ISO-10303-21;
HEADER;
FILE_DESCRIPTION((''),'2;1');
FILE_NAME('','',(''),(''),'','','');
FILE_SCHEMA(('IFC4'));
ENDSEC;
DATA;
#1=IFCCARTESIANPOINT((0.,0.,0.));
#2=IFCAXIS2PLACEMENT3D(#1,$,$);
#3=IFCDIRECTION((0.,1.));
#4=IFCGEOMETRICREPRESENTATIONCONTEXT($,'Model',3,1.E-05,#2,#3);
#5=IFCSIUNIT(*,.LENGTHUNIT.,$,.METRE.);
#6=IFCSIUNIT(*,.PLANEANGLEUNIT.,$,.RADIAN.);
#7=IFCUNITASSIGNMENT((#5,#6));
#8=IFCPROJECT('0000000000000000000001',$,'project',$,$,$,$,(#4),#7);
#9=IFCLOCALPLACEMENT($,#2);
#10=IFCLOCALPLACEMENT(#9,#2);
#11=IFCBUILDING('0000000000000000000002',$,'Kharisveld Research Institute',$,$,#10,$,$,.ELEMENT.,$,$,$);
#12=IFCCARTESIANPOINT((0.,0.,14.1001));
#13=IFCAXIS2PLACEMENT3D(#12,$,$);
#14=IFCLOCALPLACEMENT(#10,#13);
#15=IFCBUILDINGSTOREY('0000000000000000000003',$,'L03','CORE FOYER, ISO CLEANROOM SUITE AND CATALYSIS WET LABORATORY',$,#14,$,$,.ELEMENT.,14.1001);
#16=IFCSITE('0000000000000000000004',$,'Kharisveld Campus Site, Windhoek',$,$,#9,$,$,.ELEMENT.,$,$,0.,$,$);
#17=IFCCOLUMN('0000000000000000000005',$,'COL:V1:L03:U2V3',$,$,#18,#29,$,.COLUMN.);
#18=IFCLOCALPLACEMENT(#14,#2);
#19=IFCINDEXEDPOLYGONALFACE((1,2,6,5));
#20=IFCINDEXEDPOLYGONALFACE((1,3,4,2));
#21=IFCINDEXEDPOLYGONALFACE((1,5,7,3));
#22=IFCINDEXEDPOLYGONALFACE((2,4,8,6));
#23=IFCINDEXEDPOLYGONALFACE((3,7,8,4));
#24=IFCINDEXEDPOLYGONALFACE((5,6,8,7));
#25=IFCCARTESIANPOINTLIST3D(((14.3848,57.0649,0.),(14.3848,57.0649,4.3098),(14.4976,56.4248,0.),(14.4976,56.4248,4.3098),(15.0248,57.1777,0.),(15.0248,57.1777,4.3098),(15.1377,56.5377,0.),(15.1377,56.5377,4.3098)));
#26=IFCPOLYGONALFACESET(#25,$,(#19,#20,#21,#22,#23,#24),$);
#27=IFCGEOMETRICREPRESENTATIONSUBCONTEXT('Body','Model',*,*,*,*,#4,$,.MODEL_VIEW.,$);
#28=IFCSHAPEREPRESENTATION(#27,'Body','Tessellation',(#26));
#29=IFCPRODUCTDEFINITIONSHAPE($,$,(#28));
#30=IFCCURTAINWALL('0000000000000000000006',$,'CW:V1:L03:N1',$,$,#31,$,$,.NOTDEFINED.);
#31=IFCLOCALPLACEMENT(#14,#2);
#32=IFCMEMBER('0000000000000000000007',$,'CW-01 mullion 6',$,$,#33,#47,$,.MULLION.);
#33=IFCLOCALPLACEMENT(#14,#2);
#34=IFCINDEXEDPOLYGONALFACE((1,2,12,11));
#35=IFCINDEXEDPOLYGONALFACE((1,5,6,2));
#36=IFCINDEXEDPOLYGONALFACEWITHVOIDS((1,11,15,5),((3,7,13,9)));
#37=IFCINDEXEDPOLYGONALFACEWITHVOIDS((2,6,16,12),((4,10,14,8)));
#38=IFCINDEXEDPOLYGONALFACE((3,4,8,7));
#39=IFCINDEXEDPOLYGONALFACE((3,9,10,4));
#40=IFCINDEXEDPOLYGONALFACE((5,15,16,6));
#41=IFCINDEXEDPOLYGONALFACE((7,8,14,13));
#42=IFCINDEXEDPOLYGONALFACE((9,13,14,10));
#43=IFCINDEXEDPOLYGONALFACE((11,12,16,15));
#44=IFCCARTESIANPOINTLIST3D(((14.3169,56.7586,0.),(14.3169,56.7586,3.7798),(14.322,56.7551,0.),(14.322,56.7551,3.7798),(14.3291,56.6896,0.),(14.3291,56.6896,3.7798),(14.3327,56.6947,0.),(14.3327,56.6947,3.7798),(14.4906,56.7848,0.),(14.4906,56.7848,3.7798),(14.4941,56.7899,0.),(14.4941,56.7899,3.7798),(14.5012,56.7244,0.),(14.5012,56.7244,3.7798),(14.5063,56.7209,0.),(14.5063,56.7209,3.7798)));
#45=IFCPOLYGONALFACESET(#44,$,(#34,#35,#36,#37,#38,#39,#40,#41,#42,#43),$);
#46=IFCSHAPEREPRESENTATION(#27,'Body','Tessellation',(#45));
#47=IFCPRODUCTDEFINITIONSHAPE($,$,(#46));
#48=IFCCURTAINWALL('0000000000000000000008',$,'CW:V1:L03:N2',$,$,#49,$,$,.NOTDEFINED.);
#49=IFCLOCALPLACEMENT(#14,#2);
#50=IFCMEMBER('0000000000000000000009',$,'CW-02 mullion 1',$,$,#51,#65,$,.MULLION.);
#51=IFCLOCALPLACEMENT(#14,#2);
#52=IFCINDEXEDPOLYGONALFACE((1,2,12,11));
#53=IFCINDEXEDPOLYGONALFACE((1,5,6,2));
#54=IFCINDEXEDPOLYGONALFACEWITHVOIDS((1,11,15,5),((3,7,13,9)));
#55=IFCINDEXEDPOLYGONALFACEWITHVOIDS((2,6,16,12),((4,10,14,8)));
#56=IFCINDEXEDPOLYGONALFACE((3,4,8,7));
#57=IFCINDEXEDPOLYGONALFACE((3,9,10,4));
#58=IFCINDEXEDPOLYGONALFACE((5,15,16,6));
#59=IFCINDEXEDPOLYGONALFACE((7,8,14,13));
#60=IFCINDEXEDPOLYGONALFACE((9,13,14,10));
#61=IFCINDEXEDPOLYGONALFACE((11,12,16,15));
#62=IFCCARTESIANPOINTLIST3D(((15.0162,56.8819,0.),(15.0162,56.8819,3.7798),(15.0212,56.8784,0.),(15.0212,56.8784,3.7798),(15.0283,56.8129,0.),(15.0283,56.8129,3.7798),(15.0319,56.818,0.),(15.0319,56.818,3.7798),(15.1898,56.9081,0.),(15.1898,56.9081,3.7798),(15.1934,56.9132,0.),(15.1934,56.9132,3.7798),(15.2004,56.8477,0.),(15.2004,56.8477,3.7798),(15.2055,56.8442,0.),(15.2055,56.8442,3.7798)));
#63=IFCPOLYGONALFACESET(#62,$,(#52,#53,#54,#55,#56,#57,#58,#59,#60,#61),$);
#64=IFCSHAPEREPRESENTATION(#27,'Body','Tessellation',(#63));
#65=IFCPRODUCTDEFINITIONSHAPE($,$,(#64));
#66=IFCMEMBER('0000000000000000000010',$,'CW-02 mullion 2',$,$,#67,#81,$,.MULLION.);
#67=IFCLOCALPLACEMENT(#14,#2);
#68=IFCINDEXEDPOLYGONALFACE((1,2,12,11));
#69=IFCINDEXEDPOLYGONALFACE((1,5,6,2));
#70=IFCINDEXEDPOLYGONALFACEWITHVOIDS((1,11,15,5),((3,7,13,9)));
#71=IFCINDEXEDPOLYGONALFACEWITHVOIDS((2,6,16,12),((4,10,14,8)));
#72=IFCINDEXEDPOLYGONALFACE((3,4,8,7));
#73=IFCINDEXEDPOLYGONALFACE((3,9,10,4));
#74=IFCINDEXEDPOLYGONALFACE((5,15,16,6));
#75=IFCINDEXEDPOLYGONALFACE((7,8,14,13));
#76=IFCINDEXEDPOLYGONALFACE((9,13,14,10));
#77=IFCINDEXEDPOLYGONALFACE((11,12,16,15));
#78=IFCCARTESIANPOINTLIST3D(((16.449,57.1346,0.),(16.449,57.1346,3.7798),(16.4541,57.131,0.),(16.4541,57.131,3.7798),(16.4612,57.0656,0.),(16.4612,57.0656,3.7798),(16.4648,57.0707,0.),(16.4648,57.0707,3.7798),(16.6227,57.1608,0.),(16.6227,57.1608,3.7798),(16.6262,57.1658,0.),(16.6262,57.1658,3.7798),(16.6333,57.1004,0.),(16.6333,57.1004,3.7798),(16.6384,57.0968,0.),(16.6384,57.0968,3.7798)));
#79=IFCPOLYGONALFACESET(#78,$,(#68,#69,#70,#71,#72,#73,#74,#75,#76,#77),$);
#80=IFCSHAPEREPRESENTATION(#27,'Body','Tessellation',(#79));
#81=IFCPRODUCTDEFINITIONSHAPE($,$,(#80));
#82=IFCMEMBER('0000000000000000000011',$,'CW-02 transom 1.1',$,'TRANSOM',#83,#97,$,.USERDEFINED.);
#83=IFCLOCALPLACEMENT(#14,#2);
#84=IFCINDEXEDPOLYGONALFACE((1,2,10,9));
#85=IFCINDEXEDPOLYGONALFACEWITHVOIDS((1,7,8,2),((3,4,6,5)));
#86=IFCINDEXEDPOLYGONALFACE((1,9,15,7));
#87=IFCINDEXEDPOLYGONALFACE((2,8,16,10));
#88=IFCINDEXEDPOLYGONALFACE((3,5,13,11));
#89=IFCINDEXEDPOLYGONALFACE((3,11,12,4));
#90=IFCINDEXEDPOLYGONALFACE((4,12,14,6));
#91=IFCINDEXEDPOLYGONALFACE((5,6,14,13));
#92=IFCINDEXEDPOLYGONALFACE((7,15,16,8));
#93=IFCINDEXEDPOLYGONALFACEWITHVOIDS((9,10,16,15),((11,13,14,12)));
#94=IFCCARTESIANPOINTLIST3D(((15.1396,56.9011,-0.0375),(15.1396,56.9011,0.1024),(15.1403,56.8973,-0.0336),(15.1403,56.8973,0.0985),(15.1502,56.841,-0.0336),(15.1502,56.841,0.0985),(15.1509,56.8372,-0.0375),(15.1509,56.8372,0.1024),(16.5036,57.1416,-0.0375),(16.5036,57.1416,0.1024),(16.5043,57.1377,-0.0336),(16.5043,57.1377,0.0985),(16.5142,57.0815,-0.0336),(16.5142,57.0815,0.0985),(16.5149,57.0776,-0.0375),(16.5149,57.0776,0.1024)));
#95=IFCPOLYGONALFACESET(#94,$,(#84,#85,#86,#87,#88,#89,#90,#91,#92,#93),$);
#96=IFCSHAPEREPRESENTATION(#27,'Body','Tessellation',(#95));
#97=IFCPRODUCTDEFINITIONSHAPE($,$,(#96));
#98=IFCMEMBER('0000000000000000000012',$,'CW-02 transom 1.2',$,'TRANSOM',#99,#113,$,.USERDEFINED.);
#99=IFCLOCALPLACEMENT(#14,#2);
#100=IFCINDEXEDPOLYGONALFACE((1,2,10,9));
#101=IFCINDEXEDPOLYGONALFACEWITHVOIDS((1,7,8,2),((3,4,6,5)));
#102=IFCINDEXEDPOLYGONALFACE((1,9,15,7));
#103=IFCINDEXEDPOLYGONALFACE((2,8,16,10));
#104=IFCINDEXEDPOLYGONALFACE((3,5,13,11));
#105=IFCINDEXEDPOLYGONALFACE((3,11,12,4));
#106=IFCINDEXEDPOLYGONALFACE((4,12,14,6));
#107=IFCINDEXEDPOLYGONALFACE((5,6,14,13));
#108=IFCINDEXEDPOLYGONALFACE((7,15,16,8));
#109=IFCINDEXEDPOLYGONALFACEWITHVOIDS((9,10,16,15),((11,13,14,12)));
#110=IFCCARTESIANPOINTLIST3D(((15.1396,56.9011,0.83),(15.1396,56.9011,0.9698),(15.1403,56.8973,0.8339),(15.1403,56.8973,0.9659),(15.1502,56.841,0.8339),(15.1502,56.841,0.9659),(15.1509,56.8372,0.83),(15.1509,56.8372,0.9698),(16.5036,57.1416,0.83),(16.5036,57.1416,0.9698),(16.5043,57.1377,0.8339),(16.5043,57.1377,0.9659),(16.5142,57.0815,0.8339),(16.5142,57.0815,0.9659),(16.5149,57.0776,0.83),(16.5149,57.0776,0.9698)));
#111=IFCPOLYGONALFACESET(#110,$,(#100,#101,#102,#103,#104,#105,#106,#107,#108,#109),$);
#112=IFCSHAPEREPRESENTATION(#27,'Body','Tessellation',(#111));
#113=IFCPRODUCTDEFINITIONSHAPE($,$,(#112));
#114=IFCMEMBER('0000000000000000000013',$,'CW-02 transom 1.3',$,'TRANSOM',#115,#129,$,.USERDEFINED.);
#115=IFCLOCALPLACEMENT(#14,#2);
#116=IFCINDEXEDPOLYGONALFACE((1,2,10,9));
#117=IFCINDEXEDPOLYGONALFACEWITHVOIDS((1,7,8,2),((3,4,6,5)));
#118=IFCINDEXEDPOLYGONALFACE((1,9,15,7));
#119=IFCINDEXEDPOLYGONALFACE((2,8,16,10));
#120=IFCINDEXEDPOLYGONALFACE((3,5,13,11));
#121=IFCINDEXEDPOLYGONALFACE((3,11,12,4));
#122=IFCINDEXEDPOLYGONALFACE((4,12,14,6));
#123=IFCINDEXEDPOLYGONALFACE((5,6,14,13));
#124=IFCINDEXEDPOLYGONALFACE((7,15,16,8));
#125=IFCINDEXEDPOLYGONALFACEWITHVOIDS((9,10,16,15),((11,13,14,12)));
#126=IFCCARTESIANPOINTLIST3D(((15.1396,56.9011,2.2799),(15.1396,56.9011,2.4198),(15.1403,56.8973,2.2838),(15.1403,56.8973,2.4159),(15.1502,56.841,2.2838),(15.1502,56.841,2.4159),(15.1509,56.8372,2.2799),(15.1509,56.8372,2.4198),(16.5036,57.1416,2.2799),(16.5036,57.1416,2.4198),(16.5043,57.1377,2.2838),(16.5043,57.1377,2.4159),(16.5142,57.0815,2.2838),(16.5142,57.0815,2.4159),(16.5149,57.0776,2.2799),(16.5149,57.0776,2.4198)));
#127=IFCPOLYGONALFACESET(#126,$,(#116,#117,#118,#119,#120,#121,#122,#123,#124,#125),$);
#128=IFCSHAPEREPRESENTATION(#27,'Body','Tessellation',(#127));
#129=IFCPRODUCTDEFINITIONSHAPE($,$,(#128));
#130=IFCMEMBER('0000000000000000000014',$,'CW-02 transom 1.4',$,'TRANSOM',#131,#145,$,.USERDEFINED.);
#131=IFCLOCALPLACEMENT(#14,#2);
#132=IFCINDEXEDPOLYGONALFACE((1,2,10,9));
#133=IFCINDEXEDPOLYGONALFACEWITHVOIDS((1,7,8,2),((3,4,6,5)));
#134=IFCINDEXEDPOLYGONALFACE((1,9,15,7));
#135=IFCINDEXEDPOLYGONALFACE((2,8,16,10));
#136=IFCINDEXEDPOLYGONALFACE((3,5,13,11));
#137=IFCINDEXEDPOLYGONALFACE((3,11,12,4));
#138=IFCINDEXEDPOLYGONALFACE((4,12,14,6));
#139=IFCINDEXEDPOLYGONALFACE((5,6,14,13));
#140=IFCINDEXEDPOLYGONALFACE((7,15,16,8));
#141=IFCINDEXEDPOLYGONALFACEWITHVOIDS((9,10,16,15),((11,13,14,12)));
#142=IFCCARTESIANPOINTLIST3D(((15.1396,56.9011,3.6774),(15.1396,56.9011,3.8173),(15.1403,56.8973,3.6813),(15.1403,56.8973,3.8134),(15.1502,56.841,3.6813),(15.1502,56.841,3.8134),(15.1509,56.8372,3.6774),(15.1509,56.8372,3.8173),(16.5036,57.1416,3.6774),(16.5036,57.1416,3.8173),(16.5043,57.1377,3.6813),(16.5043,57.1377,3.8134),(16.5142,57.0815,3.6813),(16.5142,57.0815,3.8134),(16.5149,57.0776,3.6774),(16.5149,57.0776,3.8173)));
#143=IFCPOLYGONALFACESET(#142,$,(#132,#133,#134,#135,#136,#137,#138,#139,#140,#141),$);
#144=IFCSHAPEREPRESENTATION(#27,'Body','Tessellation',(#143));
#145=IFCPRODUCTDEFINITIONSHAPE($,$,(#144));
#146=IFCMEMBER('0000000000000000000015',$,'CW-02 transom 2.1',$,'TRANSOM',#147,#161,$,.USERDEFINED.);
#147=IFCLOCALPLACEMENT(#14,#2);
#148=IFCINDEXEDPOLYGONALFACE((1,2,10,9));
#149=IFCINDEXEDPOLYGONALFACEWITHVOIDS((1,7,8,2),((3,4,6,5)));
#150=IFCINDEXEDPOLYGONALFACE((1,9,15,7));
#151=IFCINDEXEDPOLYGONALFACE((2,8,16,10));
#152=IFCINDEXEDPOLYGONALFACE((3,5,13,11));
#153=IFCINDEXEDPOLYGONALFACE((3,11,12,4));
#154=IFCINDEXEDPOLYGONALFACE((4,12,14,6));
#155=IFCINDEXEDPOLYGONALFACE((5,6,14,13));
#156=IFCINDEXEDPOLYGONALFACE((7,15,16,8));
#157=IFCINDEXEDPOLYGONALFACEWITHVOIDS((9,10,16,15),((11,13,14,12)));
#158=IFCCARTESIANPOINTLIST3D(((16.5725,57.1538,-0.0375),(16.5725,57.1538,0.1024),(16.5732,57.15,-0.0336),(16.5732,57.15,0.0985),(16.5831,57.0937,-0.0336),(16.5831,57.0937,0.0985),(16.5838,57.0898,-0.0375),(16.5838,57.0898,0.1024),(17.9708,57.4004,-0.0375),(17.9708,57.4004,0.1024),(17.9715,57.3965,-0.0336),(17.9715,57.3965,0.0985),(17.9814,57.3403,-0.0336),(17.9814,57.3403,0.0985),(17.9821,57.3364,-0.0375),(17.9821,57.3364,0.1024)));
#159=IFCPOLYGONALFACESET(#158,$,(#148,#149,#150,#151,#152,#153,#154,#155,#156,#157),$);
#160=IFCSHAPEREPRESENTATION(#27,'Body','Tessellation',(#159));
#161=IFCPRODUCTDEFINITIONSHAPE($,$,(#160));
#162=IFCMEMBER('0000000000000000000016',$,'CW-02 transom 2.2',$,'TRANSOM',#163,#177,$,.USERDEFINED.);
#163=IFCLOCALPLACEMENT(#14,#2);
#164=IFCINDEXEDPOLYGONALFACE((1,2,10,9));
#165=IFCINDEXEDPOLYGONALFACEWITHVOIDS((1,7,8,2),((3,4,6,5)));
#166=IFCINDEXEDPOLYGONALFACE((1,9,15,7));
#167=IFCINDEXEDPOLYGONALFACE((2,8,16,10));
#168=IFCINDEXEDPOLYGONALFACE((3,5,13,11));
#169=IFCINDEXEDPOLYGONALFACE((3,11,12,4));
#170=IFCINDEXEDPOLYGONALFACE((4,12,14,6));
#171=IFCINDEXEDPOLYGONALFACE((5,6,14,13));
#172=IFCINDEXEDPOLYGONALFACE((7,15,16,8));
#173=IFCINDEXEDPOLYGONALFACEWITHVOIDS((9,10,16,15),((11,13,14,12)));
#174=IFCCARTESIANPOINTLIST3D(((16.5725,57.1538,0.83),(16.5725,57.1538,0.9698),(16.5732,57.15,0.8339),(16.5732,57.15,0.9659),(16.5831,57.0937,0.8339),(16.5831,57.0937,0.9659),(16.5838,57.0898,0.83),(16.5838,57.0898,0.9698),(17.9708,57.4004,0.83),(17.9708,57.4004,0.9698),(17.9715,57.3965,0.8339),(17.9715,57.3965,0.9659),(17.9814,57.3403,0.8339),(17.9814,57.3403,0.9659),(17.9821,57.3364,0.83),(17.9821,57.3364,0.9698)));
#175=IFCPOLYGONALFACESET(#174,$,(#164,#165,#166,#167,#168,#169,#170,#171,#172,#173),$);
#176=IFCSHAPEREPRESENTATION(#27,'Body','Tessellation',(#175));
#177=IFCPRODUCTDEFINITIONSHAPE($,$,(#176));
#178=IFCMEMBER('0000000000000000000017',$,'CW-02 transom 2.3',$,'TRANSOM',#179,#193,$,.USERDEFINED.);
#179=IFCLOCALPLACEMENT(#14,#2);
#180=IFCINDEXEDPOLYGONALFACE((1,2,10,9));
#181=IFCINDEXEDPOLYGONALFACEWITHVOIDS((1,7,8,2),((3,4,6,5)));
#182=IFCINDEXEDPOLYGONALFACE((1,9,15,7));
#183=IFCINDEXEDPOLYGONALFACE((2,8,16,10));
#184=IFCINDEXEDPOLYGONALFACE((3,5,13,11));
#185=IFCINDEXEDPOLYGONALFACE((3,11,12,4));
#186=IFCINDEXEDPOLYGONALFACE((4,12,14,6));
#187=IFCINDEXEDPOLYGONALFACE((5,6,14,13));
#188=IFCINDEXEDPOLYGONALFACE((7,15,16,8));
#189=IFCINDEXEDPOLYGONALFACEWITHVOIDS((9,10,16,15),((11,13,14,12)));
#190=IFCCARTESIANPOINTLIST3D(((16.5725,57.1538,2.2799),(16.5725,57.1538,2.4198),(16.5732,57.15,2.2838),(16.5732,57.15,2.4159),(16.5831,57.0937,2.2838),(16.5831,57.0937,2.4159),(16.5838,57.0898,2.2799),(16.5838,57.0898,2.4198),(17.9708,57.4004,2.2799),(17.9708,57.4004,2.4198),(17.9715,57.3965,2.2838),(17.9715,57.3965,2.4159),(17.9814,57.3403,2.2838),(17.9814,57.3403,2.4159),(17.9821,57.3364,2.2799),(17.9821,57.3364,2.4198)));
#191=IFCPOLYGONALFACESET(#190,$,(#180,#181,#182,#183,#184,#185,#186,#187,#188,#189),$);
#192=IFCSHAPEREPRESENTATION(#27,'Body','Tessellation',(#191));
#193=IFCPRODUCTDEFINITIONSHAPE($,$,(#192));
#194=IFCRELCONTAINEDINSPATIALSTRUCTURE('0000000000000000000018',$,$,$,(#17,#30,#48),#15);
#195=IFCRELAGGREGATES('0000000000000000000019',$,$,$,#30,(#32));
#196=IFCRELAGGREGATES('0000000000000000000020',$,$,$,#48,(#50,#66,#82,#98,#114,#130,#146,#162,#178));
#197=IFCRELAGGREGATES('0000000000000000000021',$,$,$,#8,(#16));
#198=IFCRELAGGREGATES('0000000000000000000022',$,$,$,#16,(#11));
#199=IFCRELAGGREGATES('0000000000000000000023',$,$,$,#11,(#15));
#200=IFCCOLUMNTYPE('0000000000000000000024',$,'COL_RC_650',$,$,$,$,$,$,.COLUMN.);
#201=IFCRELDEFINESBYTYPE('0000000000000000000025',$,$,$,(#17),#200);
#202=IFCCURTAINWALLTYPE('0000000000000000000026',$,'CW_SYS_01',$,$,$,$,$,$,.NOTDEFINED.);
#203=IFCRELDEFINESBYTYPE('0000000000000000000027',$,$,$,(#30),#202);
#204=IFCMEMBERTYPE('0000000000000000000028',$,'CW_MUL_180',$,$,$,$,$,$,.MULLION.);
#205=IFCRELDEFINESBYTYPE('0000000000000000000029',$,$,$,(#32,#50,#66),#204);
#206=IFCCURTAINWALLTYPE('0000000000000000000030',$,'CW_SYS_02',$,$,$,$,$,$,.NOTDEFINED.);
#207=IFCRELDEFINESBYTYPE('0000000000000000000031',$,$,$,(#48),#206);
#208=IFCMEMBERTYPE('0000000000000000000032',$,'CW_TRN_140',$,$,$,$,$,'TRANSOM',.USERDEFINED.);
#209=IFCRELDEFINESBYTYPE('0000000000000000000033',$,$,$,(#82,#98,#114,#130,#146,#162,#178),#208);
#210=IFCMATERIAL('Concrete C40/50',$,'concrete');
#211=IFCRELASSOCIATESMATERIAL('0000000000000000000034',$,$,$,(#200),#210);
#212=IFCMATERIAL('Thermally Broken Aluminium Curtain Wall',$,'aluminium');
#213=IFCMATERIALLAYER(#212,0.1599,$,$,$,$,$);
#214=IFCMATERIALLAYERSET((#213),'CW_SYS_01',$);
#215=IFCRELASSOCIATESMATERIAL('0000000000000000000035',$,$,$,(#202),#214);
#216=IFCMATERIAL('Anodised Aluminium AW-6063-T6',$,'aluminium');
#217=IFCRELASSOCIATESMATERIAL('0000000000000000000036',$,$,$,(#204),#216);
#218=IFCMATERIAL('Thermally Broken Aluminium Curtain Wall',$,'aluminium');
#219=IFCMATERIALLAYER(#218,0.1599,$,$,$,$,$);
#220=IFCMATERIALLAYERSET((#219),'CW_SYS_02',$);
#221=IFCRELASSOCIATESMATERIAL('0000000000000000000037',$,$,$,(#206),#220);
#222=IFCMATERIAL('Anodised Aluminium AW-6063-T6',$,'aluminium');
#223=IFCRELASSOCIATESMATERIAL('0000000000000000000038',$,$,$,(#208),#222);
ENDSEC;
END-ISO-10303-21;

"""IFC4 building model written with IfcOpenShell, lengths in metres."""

from ifc_helpers import new_model, si_unit, direction, frame, origin, origin_2d, place, context, subcontext, project, spatial, rectangle, hollow_rectangle, extrude, material, layer, layer_set, material_profile, profile_set, type_object, element, aggregate, save


model = new_model("IFC4")

# Units and contexts
model_context = context("Model", 3, precision=1e-05, world=origin(), true_north=direction((0.0, 1.0)))
body_context = subcontext(model_context, "Body", "Model", "MODEL_VIEW")
ifc_project = project(units=[si_unit("LENGTHUNIT", "METRE"), si_unit("PLANEANGLEUNIT", "RADIAN")], contexts=[model_context])

# Site, building, storey
site_placement = place(None, origin())
site = spatial("IfcSite", under=ifc_project, at=site_placement, Name="Kharisveld Campus Site, Windhoek", CompositionType="ELEMENT", RefElevation=0.0)
building_placement = place(site_placement, origin())
building = spatial("IfcBuilding", under=site, at=building_placement, Name="Kharisveld Research Institute", CompositionType="ELEMENT")
storey_placement = place(building_placement, frame((0.0, 0.0, 14.1001)))
storey = spatial("IfcBuildingStorey", under=building, at=storey_placement, Name="L03", Description="CORE FOYER, ISO CLEANROOM SUITE AND CATALYSIS WET LABORATORY", CompositionType="ELEMENT", Elevation=14.1001)

# Column
ifc_material_1 = material(Name="Concrete C40/50", Category="concrete")
ifc_material_profile_1 = material_profile(ifc_material_1, rectangle(XDim=0.6499, YDim=0.6499, at=origin_2d()))
ifc_profile_set_1 = profile_set([ifc_material_profile_1], Name="Concrete C40/50")
column_type = type_object("IfcColumnType", Name="COL_RC_650", PredefinedType="COLUMN", material=ifc_profile_set_1)
column_placement = place(storey_placement, frame((14.7612, 56.8013, 0.0), z_axis=(0.0, 0.0, 1.0), x_axis=(0.984808, 0.173648, 0.0)))
element("IfcColumn", 1, at=column_placement, inside=storey, type_object=column_type, Name="COL:V1:L03:U2V3", PredefinedType="COLUMN", context=body_context, shape_type="SweptSolid", body=[
    extrude(rectangle(XDim=0.6499, YDim=0.6499, at=origin_2d()), origin(), (0.0, 0.0, 1.0), 4.3098),
])

# Curtain wall, member
ifc_material_2 = material(Name="Thermally Broken Aluminium Curtain Wall", Category="aluminium")
ifc_layer_1 = layer(ifc_material_2, 0.1599)
ifc_layer_set_1 = layer_set([ifc_layer_1], Name="CW_SYS_01")
curtain_wall_type_1 = type_object("IfcCurtainWallType", Name="CW_SYS_01", PredefinedType="NOTDEFINED", material=ifc_layer_set_1)
curtain_wall_1_placement = place(storey_placement, origin())
curtain_wall_1 = element("IfcCurtainWall", 2, at=curtain_wall_1_placement, inside=storey, type_object=curtain_wall_type_1, Name="CW:V1:L03:N1", PredefinedType="NOTDEFINED")
ifc_material_3 = material(Name="Anodised Aluminium AW-6063-T6", Category="aluminium")
ifc_material_profile_2 = material_profile(ifc_material_3, hollow_rectangle(XDim=0.0701, YDim=0.1799, WallThickness=0.0044, at=origin_2d()))
ifc_profile_set_2 = profile_set([ifc_material_profile_2], Name="Anodised Aluminium AW-6063-T6")
member_type_1 = type_object("IfcMemberType", Name="CW_MUL_180", PredefinedType="MULLION", material=ifc_profile_set_2)
member_1_placement = place(storey_placement, frame((14.4116, 56.7397, 0.0), z_axis=(0.0, 0.0, 1.0), x_axis=(-0.173648, 0.984808, 0.0)))
member_1 = element("IfcMember", 3, at=member_1_placement, type_object=member_type_1, Name="CW-01 mullion 6", PredefinedType="MULLION", context=body_context, shape_type="SweptSolid", body=[
    extrude(hollow_rectangle(XDim=0.0701, YDim=0.1799, WallThickness=0.0044, at=origin_2d()), origin(), (0.0, 0.0, 1.0), 3.7798),
])

# Curtain wall, members
ifc_material_4 = material(Name="Thermally Broken Aluminium Curtain Wall", Category="aluminium")
ifc_layer_2 = layer(ifc_material_4, 0.1599)
ifc_layer_set_2 = layer_set([ifc_layer_2], Name="CW_SYS_02")
curtain_wall_type_2 = type_object("IfcCurtainWallType", Name="CW_SYS_02", PredefinedType="NOTDEFINED", material=ifc_layer_set_2)
curtain_wall_2_placement = place(storey_placement, origin())
curtain_wall_2 = element("IfcCurtainWall", 4, at=curtain_wall_2_placement, inside=storey, type_object=curtain_wall_type_2, Name="CW:V1:L03:N2", PredefinedType="NOTDEFINED")
member_2_placement = place(storey_placement, frame((15.1108, 56.863, 0.0), z_axis=(0.0, 0.0, 1.0), x_axis=(-0.173648, 0.984808, 0.0)))
member_2 = element("IfcMember", 5, at=member_2_placement, type_object=member_type_1, Name="CW-02 mullion 1", PredefinedType="MULLION", context=body_context, shape_type="SweptSolid", body=[
    extrude(hollow_rectangle(XDim=0.0701, YDim=0.1799, WallThickness=0.0044, at=origin_2d()), origin(), (0.0, 0.0, 1.0), 3.7798),
])
member_3_placement = place(storey_placement, frame((16.5437, 57.1157, 0.0), z_axis=(0.0, 0.0, 1.0), x_axis=(-0.173648, 0.984808, 0.0)))
member_3 = element("IfcMember", 6, at=member_3_placement, type_object=member_type_1, Name="CW-02 mullion 2", PredefinedType="MULLION", context=body_context, shape_type="SweptSolid", body=[
    extrude(hollow_rectangle(XDim=0.0701, YDim=0.1799, WallThickness=0.0044, at=origin_2d()), origin(), (0.0, 0.0, 1.0), 3.7798),
])
ifc_material_5 = material(Name="Anodised Aluminium AW-6063-T6", Category="aluminium")
ifc_material_profile_3 = material_profile(ifc_material_5, hollow_rectangle(XDim=0.0649, YDim=0.1399, WallThickness=0.0039, at=origin_2d()))
ifc_profile_set_3 = profile_set([ifc_material_profile_3], Name="Anodised Aluminium AW-6063-T6")
member_type_2 = type_object("IfcMemberType", Name="CW_TRN_140", ElementType="TRANSOM", PredefinedType="USERDEFINED", material=ifc_profile_set_3)
member_4_placement = place(storey_placement, frame((15.1453, 56.8691, 0.0325), z_axis=(0.984812, 0.173624, 0.0), x_axis=(-0.173624, 0.984812, 0.0)))
member_4 = element("IfcMember", 7, at=member_4_placement, type_object=member_type_2, Name="CW-02 transom 1.1", ObjectType="TRANSOM", PredefinedType="USERDEFINED", context=body_context, shape_type="SweptSolid", body=[
    extrude(hollow_rectangle(XDim=0.0649, YDim=0.1399, WallThickness=0.0039, at=origin_2d()), origin(), (0.0, 0.0, 1.0), 1.385),
])
member_5_placement = place(storey_placement, frame((15.1453, 56.8691, 0.8999), z_axis=(0.984812, 0.173624, 0.0), x_axis=(-0.173624, 0.984812, 0.0)))
member_5 = element("IfcMember", 8, at=member_5_placement, type_object=member_type_2, Name="CW-02 transom 1.2", ObjectType="TRANSOM", PredefinedType="USERDEFINED", context=body_context, shape_type="SweptSolid", body=[
    extrude(hollow_rectangle(XDim=0.0649, YDim=0.1399, WallThickness=0.0039, at=origin_2d()), origin(), (0.0, 0.0, 1.0), 1.385),
])
member_6_placement = place(storey_placement, frame((15.1453, 56.8691, 2.3499), z_axis=(0.984812, 0.173624, 0.0), x_axis=(-0.173624, 0.984812, 0.0)))
member_6 = element("IfcMember", 9, at=member_6_placement, type_object=member_type_2, Name="CW-02 transom 1.3", ObjectType="TRANSOM", PredefinedType="USERDEFINED", context=body_context, shape_type="SweptSolid", body=[
    extrude(hollow_rectangle(XDim=0.0649, YDim=0.1399, WallThickness=0.0039, at=origin_2d()), origin(), (0.0, 0.0, 1.0), 1.385),
])
member_7_placement = place(storey_placement, frame((15.1453, 56.8691, 3.7473), z_axis=(0.984812, 0.173624, 0.0), x_axis=(-0.173624, 0.984812, 0.0)))
member_7 = element("IfcMember", 10, at=member_7_placement, type_object=member_type_2, Name="CW-02 transom 1.4", ObjectType="TRANSOM", PredefinedType="USERDEFINED", context=body_context, shape_type="SweptSolid", body=[
    extrude(hollow_rectangle(XDim=0.0649, YDim=0.1399, WallThickness=0.0039, at=origin_2d()), origin(), (0.0, 0.0, 1.0), 1.385),
])
member_8_placement = place(storey_placement, frame((16.5781, 57.1218, 0.0325), z_axis=(0.984808, 0.173648, 0.0), x_axis=(-0.173648, 0.984808, 0.0)))
member_8 = element("IfcMember", 11, at=member_8_placement, type_object=member_type_2, Name="CW-02 transom 2.1", ObjectType="TRANSOM", PredefinedType="USERDEFINED", context=body_context, shape_type="SweptSolid", body=[
    extrude(hollow_rectangle(XDim=0.0649, YDim=0.1399, WallThickness=0.0039, at=origin_2d()), origin(), (0.0, 0.0, 1.0), 1.4199),
])
member_9_placement = place(storey_placement, frame((16.5781, 57.1218, 0.8999), z_axis=(0.984808, 0.173648, 0.0), x_axis=(-0.173648, 0.984808, 0.0)))
member_9 = element("IfcMember", 12, at=member_9_placement, type_object=member_type_2, Name="CW-02 transom 2.2", ObjectType="TRANSOM", PredefinedType="USERDEFINED", context=body_context, shape_type="SweptSolid", body=[
    extrude(hollow_rectangle(XDim=0.0649, YDim=0.1399, WallThickness=0.0039, at=origin_2d()), origin(), (0.0, 0.0, 1.0), 1.4199),
])
member_10_placement = place(storey_placement, frame((16.5781, 57.1218, 2.3499), z_axis=(0.984808, 0.173648, 0.0), x_axis=(-0.173648, 0.984808, 0.0)))
member_10 = element("IfcMember", 13, at=member_10_placement, type_object=member_type_2, Name="CW-02 transom 2.3", ObjectType="TRANSOM", PredefinedType="USERDEFINED", context=body_context, shape_type="SweptSolid", body=[
    extrude(hollow_rectangle(XDim=0.0649, YDim=0.1399, WallThickness=0.0039, at=origin_2d()), origin(), (0.0, 0.0, 1.0), 1.4199),
])

aggregate(curtain_wall_1, [member_1])
aggregate(curtain_wall_2, [member_2, member_3, member_4, member_5, member_6, member_7, member_8, member_9, member_10])

save(model, "model.ifc")
